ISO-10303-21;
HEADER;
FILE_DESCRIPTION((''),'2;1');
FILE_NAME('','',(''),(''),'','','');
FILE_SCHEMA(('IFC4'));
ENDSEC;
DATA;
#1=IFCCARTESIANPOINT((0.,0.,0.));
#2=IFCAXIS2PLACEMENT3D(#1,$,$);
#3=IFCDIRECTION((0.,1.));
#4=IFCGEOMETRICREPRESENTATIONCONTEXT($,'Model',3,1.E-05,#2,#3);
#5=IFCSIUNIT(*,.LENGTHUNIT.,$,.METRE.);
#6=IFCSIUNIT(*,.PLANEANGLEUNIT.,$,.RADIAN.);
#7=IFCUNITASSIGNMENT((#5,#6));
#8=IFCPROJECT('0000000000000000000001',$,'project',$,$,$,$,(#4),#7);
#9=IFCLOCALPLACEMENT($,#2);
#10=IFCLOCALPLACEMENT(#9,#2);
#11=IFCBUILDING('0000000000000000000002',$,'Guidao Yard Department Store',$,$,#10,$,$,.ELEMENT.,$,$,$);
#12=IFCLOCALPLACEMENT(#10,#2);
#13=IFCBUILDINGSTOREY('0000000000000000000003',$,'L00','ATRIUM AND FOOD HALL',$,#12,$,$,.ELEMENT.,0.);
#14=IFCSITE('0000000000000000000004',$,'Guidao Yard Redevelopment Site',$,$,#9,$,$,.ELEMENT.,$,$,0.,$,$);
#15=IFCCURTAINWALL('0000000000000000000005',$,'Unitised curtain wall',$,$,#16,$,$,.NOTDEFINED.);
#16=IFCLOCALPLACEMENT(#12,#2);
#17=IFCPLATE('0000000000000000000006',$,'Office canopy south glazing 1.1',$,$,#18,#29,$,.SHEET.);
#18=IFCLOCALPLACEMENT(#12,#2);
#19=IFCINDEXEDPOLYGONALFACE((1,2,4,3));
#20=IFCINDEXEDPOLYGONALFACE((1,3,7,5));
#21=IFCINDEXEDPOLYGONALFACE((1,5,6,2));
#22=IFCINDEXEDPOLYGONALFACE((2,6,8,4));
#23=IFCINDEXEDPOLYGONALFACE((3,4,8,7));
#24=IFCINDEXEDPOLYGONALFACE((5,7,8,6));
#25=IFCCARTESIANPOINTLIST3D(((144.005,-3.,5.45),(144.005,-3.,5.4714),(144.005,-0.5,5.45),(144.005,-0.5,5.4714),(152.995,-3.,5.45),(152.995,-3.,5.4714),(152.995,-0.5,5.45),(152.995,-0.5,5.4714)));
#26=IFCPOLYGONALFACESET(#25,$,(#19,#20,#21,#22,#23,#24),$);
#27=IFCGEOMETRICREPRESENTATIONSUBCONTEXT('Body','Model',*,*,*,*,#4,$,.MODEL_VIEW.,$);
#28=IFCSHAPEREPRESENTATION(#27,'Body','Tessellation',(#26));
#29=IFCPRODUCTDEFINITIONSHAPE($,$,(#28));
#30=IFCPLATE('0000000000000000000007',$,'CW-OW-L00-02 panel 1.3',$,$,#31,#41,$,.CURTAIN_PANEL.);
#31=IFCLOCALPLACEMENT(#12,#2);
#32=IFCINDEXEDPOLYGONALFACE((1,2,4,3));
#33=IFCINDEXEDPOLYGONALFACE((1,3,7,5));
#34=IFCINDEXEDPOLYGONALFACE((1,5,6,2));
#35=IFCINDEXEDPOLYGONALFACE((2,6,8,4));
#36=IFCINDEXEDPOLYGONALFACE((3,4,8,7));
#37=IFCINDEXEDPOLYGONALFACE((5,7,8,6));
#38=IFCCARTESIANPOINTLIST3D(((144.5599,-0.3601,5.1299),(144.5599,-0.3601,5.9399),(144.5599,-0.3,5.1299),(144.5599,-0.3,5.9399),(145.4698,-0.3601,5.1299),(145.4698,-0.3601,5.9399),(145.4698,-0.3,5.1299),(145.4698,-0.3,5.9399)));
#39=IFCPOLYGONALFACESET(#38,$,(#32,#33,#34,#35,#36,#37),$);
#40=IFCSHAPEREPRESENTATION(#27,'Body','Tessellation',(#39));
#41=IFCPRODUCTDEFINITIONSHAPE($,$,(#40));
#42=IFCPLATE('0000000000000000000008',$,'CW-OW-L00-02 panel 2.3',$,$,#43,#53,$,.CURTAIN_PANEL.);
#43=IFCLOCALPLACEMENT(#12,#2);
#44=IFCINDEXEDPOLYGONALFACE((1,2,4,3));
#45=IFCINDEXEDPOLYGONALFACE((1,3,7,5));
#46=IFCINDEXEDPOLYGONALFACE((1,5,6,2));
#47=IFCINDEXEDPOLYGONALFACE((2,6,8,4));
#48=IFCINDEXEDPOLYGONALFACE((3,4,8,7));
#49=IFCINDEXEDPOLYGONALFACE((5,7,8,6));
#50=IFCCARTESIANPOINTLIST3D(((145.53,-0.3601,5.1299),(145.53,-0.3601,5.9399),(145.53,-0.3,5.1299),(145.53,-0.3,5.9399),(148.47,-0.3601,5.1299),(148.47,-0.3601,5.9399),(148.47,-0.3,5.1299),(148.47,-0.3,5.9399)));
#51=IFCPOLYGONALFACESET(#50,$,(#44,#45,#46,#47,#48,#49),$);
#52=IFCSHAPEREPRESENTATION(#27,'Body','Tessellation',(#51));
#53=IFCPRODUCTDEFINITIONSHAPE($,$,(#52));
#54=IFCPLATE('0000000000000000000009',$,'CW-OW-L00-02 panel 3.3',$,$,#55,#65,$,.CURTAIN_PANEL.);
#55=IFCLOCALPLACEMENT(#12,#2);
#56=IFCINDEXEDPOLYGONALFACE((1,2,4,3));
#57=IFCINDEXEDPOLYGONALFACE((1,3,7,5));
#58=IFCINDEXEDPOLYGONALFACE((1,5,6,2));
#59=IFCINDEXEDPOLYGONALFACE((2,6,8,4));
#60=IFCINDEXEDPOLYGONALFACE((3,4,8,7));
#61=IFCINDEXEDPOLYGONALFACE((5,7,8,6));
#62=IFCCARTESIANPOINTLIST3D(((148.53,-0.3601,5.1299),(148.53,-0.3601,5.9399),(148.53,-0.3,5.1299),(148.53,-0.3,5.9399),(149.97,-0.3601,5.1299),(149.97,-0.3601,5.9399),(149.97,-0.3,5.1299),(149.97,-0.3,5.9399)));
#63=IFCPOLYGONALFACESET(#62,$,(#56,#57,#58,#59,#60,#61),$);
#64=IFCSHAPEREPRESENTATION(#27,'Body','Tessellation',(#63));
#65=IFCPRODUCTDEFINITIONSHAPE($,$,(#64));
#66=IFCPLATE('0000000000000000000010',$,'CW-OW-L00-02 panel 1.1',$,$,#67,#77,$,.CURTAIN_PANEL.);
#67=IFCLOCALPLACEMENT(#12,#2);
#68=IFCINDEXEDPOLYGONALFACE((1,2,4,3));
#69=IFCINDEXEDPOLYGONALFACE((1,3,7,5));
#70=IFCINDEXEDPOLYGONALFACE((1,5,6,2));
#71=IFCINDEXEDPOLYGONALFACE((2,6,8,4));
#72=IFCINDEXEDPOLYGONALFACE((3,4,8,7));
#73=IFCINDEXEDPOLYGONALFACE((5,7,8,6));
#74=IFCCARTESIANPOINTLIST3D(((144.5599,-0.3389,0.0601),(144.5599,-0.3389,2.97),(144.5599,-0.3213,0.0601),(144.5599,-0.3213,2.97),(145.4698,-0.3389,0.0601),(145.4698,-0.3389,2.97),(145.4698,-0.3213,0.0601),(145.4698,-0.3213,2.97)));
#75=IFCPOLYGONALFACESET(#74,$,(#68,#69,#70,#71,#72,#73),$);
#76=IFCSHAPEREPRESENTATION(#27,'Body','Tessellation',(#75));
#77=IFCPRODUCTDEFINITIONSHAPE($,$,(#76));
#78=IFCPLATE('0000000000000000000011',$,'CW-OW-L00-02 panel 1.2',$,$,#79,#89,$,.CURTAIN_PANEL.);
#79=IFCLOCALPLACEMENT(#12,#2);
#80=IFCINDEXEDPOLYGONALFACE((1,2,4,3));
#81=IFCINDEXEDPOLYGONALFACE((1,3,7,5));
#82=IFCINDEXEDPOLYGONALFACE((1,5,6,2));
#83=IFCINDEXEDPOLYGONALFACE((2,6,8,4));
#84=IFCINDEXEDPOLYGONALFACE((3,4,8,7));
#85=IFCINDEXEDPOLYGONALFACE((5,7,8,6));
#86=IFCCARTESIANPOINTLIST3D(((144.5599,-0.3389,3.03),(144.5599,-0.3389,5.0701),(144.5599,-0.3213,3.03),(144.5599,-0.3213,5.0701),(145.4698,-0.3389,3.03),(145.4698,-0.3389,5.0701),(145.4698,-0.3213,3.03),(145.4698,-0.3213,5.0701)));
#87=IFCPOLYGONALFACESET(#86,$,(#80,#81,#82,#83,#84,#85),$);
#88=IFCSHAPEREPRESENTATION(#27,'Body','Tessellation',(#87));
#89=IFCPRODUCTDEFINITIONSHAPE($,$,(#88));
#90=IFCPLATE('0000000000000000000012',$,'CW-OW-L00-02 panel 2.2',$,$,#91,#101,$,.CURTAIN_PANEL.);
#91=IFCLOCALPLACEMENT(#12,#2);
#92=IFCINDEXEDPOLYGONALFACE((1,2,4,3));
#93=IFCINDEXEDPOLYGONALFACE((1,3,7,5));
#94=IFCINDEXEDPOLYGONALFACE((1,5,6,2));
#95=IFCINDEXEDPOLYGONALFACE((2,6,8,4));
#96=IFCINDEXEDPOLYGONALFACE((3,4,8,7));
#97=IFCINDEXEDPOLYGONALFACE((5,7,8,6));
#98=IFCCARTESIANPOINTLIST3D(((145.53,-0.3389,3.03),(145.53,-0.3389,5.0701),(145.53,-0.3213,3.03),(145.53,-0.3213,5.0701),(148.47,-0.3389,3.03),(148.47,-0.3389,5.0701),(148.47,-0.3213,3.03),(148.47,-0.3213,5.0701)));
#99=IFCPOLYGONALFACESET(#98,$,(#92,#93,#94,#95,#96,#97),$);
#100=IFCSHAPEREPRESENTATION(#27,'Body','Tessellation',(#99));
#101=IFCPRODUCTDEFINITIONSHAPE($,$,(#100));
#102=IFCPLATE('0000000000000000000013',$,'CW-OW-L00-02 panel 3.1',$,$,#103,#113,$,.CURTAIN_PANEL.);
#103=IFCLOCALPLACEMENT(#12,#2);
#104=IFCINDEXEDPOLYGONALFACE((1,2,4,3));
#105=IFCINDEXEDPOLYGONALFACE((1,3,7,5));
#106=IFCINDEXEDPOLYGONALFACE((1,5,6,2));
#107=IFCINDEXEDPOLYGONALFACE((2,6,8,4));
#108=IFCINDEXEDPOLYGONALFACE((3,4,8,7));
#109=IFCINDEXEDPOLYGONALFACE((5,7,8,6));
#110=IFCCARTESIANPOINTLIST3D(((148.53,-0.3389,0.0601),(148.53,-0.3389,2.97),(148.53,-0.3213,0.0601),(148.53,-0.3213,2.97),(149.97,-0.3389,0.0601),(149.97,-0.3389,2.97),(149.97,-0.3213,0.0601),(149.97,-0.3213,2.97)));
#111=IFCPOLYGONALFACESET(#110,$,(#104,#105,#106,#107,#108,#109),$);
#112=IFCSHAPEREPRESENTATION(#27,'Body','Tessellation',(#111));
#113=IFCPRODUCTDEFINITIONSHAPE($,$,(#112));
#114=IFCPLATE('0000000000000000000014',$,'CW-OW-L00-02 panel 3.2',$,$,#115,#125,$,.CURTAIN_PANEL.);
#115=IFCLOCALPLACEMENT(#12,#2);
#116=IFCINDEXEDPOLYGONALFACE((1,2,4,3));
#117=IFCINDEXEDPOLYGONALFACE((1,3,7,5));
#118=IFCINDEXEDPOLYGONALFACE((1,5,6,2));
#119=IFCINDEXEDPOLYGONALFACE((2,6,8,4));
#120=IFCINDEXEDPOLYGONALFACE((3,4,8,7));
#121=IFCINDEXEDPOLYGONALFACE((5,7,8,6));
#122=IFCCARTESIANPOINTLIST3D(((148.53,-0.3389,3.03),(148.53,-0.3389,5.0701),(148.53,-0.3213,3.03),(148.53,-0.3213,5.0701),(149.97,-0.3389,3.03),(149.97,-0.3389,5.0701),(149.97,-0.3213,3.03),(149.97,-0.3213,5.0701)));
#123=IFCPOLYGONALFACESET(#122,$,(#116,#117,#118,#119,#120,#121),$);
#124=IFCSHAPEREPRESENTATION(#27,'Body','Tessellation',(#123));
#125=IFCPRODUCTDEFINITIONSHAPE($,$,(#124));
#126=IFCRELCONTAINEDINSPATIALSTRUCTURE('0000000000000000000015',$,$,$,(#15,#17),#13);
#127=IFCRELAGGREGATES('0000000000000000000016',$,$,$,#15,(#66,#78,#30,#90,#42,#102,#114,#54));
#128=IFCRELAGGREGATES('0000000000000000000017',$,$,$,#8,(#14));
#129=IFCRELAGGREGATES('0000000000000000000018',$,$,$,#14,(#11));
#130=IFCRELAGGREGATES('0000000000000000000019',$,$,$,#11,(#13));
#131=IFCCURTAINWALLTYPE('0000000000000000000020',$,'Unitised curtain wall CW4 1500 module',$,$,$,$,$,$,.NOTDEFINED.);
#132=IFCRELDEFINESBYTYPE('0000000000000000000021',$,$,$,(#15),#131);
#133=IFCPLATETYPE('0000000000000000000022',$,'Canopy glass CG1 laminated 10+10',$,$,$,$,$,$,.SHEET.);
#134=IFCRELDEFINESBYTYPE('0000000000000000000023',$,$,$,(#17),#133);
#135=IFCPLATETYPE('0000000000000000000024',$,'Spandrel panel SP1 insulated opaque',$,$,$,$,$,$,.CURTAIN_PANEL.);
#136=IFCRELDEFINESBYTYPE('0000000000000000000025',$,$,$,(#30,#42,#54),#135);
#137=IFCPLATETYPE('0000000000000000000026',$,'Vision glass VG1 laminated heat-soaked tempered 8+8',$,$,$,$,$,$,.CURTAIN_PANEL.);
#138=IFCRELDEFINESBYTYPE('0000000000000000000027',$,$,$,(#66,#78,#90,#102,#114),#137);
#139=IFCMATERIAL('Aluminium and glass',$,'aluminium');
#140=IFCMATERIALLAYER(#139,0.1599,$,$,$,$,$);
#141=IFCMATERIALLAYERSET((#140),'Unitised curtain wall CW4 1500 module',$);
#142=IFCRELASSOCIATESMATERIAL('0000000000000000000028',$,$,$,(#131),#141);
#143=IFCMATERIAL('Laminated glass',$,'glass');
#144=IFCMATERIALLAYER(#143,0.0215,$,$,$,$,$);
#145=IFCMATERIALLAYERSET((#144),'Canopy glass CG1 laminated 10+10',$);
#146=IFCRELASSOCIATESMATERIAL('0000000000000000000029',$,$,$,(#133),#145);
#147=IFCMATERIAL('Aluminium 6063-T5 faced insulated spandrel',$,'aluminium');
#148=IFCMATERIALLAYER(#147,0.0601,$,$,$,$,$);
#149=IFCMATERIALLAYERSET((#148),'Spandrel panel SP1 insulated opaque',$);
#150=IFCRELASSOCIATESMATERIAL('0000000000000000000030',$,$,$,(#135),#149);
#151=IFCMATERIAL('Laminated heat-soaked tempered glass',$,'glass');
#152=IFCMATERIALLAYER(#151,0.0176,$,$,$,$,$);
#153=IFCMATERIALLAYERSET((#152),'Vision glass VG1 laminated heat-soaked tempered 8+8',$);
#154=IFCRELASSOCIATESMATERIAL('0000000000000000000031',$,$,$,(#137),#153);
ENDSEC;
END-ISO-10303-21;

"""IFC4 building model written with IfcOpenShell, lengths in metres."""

from ifc_helpers import new_model, si_unit, direction, frame, origin, origin_2d, place, context, subcontext, project, spatial, rectangle, extrude, material, layer, layer_set, type_object, element, aggregate, save


model = new_model("IFC4")

# Units and contexts
model_context = context("Model", 3, precision=1e-05, world=origin(), true_north=direction((0.0, 1.0)))
body_context = subcontext(model_context, "Body", "Model", "MODEL_VIEW")
ifc_project = project(units=[si_unit("LENGTHUNIT", "METRE"), si_unit("PLANEANGLEUNIT", "RADIAN")], contexts=[model_context])

# Site, building, storey
site_placement = place(None, origin())
site = spatial("IfcSite", under=ifc_project, at=site_placement, Name="Guidao Yard Redevelopment Site", CompositionType="ELEMENT", RefElevation=0.0)
building_placement = place(site_placement, origin())
building = spatial("IfcBuilding", under=site, at=building_placement, Name="Guidao Yard Department Store", CompositionType="ELEMENT")
storey_placement = place(building_placement, origin())
storey = spatial("IfcBuildingStorey", under=building, at=storey_placement, Name="L00", Description="ATRIUM AND FOOD HALL", CompositionType="ELEMENT", Elevation=0.0)

# Curtain wall
ifc_material_1 = material(Name="Aluminium and glass", Category="aluminium")
ifc_layer_1 = layer(ifc_material_1, 0.1599)
ifc_layer_set_1 = layer_set([ifc_layer_1], Name="Unitised curtain wall CW4 1500 module")
curtain_wall_type = type_object("IfcCurtainWallType", Name="Unitised curtain wall CW4 1500 module", PredefinedType="NOTDEFINED", material=ifc_layer_set_1)
curtain_wall_placement = place(storey_placement, origin())
curtain_wall = element("IfcCurtainWall", 1, at=curtain_wall_placement, inside=storey, type_object=curtain_wall_type, Name="Unitised curtain wall", PredefinedType="NOTDEFINED")

# Plates
ifc_material_2 = material(Name="Laminated glass", Category="glass")
ifc_layer_2 = layer(ifc_material_2, 0.0215)
ifc_layer_set_2 = layer_set([ifc_layer_2], Name="Canopy glass CG1 laminated 10+10")
plate_type_1 = type_object("IfcPlateType", Name="Canopy glass CG1 laminated 10+10", PredefinedType="SHEET", material=ifc_layer_set_2)
plate_1_placement = place(storey_placement, frame((148.5, -1.75, 5.45), z_axis=(0.0, 0.0, 1.0), x_axis=(1.0, 0.0, 0.0)))
element("IfcPlate", 2, at=plate_1_placement, inside=storey, type_object=plate_type_1, Name="Office canopy south glazing 1.1", PredefinedType="SHEET", context=body_context, shape_type="SweptSolid", body=[
    extrude(rectangle(XDim=8.99, YDim=2.5, at=origin_2d()), origin(), (0.0, 0.0, 1.0), 0.0215),
])
ifc_material_3 = material(Name="Aluminium 6063-T5 faced insulated spandrel", Category="aluminium")
ifc_layer_3 = layer(ifc_material_3, 0.0601)
ifc_layer_set_3 = layer_set([ifc_layer_3], Name="Spandrel panel SP1 insulated opaque")
plate_type_2 = type_object("IfcPlateType", Name="Spandrel panel SP1 insulated opaque", PredefinedType="CURTAIN_PANEL", material=ifc_layer_set_3)
plate_2_placement = place(storey_placement, frame((145.0149, -0.3301, 5.1299), z_axis=(0.0, 0.0, 1.0), x_axis=(-1.0, 0.0, 0.0)))
plate_2 = element("IfcPlate", 3, at=plate_2_placement, type_object=plate_type_2, Name="CW-OW-L00-02 panel 1.3", PredefinedType="CURTAIN_PANEL", context=body_context, shape_type="SweptSolid", body=[
    extrude(rectangle(XDim=0.9099, YDim=0.0601, at=origin_2d()), origin(), (0.0, 0.0, 1.0), 0.8101),
])
plate_3_placement = place(storey_placement, frame((147.0, -0.3301, 5.1299), z_axis=(0.0, 0.0, 1.0), x_axis=(-1.0, 0.0, 0.0)))
plate_3 = element("IfcPlate", 4, at=plate_3_placement, type_object=plate_type_2, Name="CW-OW-L00-02 panel 2.3", PredefinedType="CURTAIN_PANEL", context=body_context, shape_type="SweptSolid", body=[
    extrude(rectangle(XDim=2.9399, YDim=0.0601, at=origin_2d()), origin(), (0.0, 0.0, 1.0), 0.8101),
])
plate_4_placement = place(storey_placement, frame((149.25, -0.3301, 5.1299), z_axis=(0.0, 0.0, 1.0), x_axis=(-1.0, 0.0, 0.0)))
plate_4 = element("IfcPlate", 5, at=plate_4_placement, type_object=plate_type_2, Name="CW-OW-L00-02 panel 3.3", PredefinedType="CURTAIN_PANEL", context=body_context, shape_type="SweptSolid", body=[
    extrude(rectangle(XDim=1.4399, YDim=0.0601, at=origin_2d()), origin(), (0.0, 0.0, 1.0), 0.8101),
])
ifc_material_4 = material(Name="Laminated heat-soaked tempered glass", Category="glass")
ifc_layer_4 = layer(ifc_material_4, 0.0176)
ifc_layer_set_4 = layer_set([ifc_layer_4], Name="Vision glass VG1 laminated heat-soaked tempered 8+8")
plate_type_3 = type_object("IfcPlateType", Name="Vision glass VG1 laminated heat-soaked tempered 8+8", PredefinedType="CURTAIN_PANEL", material=ifc_layer_set_4)
plate_5_placement = place(storey_placement, frame((145.0149, -0.3301, 0.0601), z_axis=(0.0, 0.0, 1.0), x_axis=(-1.0, 0.0, 0.0)))
plate_5 = element("IfcPlate", 6, at=plate_5_placement, type_object=plate_type_3, Name="CW-OW-L00-02 panel 1.1", PredefinedType="CURTAIN_PANEL", context=body_context, shape_type="SweptSolid", body=[
    extrude(rectangle(XDim=0.9099, YDim=0.0176, at=origin_2d()), origin(), (0.0, 0.0, 1.0), 2.9099),
])
plate_6_placement = place(storey_placement, frame((145.0149, -0.3301, 3.03), z_axis=(0.0, 0.0, 1.0), x_axis=(-1.0, 0.0, 0.0)))
plate_6 = element("IfcPlate", 7, at=plate_6_placement, type_object=plate_type_3, Name="CW-OW-L00-02 panel 1.2", PredefinedType="CURTAIN_PANEL", context=body_context, shape_type="SweptSolid", body=[
    extrude(rectangle(XDim=0.9099, YDim=0.0176, at=origin_2d()), origin(), (0.0, 0.0, 1.0), 2.04),
])
plate_7_placement = place(storey_placement, frame((147.0, -0.3301, 3.03), z_axis=(0.0, 0.0, 1.0), x_axis=(-1.0, 0.0, 0.0)))
plate_7 = element("IfcPlate", 8, at=plate_7_placement, type_object=plate_type_3, Name="CW-OW-L00-02 panel 2.2", PredefinedType="CURTAIN_PANEL", context=body_context, shape_type="SweptSolid", body=[
    extrude(rectangle(XDim=2.9399, YDim=0.0176, at=origin_2d()), origin(), (0.0, 0.0, 1.0), 2.04),
])
plate_8_placement = place(storey_placement, frame((149.25, -0.3301, 0.0601), z_axis=(0.0, 0.0, 1.0), x_axis=(-1.0, 0.0, 0.0)))
plate_8 = element("IfcPlate", 9, at=plate_8_placement, type_object=plate_type_3, Name="CW-OW-L00-02 panel 3.1", PredefinedType="CURTAIN_PANEL", context=body_context, shape_type="SweptSolid", body=[
    extrude(rectangle(XDim=1.4399, YDim=0.0176, at=origin_2d()), origin(), (0.0, 0.0, 1.0), 2.9099),
])
plate_9_placement = place(storey_placement, frame((149.25, -0.3301, 3.03), z_axis=(0.0, 0.0, 1.0), x_axis=(-1.0, 0.0, 0.0)))
plate_9 = element("IfcPlate", 10, at=plate_9_placement, type_object=plate_type_3, Name="CW-OW-L00-02 panel 3.2", PredefinedType="CURTAIN_PANEL", context=body_context, shape_type="SweptSolid", body=[
    extrude(rectangle(XDim=1.4399, YDim=0.0176, at=origin_2d()), origin(), (0.0, 0.0, 1.0), 2.04),
])
aggregate(curtain_wall, [plate_5, plate_6, plate_2, plate_7, plate_3, plate_8, plate_9, plate_4])

save(model, "model.ifc")
